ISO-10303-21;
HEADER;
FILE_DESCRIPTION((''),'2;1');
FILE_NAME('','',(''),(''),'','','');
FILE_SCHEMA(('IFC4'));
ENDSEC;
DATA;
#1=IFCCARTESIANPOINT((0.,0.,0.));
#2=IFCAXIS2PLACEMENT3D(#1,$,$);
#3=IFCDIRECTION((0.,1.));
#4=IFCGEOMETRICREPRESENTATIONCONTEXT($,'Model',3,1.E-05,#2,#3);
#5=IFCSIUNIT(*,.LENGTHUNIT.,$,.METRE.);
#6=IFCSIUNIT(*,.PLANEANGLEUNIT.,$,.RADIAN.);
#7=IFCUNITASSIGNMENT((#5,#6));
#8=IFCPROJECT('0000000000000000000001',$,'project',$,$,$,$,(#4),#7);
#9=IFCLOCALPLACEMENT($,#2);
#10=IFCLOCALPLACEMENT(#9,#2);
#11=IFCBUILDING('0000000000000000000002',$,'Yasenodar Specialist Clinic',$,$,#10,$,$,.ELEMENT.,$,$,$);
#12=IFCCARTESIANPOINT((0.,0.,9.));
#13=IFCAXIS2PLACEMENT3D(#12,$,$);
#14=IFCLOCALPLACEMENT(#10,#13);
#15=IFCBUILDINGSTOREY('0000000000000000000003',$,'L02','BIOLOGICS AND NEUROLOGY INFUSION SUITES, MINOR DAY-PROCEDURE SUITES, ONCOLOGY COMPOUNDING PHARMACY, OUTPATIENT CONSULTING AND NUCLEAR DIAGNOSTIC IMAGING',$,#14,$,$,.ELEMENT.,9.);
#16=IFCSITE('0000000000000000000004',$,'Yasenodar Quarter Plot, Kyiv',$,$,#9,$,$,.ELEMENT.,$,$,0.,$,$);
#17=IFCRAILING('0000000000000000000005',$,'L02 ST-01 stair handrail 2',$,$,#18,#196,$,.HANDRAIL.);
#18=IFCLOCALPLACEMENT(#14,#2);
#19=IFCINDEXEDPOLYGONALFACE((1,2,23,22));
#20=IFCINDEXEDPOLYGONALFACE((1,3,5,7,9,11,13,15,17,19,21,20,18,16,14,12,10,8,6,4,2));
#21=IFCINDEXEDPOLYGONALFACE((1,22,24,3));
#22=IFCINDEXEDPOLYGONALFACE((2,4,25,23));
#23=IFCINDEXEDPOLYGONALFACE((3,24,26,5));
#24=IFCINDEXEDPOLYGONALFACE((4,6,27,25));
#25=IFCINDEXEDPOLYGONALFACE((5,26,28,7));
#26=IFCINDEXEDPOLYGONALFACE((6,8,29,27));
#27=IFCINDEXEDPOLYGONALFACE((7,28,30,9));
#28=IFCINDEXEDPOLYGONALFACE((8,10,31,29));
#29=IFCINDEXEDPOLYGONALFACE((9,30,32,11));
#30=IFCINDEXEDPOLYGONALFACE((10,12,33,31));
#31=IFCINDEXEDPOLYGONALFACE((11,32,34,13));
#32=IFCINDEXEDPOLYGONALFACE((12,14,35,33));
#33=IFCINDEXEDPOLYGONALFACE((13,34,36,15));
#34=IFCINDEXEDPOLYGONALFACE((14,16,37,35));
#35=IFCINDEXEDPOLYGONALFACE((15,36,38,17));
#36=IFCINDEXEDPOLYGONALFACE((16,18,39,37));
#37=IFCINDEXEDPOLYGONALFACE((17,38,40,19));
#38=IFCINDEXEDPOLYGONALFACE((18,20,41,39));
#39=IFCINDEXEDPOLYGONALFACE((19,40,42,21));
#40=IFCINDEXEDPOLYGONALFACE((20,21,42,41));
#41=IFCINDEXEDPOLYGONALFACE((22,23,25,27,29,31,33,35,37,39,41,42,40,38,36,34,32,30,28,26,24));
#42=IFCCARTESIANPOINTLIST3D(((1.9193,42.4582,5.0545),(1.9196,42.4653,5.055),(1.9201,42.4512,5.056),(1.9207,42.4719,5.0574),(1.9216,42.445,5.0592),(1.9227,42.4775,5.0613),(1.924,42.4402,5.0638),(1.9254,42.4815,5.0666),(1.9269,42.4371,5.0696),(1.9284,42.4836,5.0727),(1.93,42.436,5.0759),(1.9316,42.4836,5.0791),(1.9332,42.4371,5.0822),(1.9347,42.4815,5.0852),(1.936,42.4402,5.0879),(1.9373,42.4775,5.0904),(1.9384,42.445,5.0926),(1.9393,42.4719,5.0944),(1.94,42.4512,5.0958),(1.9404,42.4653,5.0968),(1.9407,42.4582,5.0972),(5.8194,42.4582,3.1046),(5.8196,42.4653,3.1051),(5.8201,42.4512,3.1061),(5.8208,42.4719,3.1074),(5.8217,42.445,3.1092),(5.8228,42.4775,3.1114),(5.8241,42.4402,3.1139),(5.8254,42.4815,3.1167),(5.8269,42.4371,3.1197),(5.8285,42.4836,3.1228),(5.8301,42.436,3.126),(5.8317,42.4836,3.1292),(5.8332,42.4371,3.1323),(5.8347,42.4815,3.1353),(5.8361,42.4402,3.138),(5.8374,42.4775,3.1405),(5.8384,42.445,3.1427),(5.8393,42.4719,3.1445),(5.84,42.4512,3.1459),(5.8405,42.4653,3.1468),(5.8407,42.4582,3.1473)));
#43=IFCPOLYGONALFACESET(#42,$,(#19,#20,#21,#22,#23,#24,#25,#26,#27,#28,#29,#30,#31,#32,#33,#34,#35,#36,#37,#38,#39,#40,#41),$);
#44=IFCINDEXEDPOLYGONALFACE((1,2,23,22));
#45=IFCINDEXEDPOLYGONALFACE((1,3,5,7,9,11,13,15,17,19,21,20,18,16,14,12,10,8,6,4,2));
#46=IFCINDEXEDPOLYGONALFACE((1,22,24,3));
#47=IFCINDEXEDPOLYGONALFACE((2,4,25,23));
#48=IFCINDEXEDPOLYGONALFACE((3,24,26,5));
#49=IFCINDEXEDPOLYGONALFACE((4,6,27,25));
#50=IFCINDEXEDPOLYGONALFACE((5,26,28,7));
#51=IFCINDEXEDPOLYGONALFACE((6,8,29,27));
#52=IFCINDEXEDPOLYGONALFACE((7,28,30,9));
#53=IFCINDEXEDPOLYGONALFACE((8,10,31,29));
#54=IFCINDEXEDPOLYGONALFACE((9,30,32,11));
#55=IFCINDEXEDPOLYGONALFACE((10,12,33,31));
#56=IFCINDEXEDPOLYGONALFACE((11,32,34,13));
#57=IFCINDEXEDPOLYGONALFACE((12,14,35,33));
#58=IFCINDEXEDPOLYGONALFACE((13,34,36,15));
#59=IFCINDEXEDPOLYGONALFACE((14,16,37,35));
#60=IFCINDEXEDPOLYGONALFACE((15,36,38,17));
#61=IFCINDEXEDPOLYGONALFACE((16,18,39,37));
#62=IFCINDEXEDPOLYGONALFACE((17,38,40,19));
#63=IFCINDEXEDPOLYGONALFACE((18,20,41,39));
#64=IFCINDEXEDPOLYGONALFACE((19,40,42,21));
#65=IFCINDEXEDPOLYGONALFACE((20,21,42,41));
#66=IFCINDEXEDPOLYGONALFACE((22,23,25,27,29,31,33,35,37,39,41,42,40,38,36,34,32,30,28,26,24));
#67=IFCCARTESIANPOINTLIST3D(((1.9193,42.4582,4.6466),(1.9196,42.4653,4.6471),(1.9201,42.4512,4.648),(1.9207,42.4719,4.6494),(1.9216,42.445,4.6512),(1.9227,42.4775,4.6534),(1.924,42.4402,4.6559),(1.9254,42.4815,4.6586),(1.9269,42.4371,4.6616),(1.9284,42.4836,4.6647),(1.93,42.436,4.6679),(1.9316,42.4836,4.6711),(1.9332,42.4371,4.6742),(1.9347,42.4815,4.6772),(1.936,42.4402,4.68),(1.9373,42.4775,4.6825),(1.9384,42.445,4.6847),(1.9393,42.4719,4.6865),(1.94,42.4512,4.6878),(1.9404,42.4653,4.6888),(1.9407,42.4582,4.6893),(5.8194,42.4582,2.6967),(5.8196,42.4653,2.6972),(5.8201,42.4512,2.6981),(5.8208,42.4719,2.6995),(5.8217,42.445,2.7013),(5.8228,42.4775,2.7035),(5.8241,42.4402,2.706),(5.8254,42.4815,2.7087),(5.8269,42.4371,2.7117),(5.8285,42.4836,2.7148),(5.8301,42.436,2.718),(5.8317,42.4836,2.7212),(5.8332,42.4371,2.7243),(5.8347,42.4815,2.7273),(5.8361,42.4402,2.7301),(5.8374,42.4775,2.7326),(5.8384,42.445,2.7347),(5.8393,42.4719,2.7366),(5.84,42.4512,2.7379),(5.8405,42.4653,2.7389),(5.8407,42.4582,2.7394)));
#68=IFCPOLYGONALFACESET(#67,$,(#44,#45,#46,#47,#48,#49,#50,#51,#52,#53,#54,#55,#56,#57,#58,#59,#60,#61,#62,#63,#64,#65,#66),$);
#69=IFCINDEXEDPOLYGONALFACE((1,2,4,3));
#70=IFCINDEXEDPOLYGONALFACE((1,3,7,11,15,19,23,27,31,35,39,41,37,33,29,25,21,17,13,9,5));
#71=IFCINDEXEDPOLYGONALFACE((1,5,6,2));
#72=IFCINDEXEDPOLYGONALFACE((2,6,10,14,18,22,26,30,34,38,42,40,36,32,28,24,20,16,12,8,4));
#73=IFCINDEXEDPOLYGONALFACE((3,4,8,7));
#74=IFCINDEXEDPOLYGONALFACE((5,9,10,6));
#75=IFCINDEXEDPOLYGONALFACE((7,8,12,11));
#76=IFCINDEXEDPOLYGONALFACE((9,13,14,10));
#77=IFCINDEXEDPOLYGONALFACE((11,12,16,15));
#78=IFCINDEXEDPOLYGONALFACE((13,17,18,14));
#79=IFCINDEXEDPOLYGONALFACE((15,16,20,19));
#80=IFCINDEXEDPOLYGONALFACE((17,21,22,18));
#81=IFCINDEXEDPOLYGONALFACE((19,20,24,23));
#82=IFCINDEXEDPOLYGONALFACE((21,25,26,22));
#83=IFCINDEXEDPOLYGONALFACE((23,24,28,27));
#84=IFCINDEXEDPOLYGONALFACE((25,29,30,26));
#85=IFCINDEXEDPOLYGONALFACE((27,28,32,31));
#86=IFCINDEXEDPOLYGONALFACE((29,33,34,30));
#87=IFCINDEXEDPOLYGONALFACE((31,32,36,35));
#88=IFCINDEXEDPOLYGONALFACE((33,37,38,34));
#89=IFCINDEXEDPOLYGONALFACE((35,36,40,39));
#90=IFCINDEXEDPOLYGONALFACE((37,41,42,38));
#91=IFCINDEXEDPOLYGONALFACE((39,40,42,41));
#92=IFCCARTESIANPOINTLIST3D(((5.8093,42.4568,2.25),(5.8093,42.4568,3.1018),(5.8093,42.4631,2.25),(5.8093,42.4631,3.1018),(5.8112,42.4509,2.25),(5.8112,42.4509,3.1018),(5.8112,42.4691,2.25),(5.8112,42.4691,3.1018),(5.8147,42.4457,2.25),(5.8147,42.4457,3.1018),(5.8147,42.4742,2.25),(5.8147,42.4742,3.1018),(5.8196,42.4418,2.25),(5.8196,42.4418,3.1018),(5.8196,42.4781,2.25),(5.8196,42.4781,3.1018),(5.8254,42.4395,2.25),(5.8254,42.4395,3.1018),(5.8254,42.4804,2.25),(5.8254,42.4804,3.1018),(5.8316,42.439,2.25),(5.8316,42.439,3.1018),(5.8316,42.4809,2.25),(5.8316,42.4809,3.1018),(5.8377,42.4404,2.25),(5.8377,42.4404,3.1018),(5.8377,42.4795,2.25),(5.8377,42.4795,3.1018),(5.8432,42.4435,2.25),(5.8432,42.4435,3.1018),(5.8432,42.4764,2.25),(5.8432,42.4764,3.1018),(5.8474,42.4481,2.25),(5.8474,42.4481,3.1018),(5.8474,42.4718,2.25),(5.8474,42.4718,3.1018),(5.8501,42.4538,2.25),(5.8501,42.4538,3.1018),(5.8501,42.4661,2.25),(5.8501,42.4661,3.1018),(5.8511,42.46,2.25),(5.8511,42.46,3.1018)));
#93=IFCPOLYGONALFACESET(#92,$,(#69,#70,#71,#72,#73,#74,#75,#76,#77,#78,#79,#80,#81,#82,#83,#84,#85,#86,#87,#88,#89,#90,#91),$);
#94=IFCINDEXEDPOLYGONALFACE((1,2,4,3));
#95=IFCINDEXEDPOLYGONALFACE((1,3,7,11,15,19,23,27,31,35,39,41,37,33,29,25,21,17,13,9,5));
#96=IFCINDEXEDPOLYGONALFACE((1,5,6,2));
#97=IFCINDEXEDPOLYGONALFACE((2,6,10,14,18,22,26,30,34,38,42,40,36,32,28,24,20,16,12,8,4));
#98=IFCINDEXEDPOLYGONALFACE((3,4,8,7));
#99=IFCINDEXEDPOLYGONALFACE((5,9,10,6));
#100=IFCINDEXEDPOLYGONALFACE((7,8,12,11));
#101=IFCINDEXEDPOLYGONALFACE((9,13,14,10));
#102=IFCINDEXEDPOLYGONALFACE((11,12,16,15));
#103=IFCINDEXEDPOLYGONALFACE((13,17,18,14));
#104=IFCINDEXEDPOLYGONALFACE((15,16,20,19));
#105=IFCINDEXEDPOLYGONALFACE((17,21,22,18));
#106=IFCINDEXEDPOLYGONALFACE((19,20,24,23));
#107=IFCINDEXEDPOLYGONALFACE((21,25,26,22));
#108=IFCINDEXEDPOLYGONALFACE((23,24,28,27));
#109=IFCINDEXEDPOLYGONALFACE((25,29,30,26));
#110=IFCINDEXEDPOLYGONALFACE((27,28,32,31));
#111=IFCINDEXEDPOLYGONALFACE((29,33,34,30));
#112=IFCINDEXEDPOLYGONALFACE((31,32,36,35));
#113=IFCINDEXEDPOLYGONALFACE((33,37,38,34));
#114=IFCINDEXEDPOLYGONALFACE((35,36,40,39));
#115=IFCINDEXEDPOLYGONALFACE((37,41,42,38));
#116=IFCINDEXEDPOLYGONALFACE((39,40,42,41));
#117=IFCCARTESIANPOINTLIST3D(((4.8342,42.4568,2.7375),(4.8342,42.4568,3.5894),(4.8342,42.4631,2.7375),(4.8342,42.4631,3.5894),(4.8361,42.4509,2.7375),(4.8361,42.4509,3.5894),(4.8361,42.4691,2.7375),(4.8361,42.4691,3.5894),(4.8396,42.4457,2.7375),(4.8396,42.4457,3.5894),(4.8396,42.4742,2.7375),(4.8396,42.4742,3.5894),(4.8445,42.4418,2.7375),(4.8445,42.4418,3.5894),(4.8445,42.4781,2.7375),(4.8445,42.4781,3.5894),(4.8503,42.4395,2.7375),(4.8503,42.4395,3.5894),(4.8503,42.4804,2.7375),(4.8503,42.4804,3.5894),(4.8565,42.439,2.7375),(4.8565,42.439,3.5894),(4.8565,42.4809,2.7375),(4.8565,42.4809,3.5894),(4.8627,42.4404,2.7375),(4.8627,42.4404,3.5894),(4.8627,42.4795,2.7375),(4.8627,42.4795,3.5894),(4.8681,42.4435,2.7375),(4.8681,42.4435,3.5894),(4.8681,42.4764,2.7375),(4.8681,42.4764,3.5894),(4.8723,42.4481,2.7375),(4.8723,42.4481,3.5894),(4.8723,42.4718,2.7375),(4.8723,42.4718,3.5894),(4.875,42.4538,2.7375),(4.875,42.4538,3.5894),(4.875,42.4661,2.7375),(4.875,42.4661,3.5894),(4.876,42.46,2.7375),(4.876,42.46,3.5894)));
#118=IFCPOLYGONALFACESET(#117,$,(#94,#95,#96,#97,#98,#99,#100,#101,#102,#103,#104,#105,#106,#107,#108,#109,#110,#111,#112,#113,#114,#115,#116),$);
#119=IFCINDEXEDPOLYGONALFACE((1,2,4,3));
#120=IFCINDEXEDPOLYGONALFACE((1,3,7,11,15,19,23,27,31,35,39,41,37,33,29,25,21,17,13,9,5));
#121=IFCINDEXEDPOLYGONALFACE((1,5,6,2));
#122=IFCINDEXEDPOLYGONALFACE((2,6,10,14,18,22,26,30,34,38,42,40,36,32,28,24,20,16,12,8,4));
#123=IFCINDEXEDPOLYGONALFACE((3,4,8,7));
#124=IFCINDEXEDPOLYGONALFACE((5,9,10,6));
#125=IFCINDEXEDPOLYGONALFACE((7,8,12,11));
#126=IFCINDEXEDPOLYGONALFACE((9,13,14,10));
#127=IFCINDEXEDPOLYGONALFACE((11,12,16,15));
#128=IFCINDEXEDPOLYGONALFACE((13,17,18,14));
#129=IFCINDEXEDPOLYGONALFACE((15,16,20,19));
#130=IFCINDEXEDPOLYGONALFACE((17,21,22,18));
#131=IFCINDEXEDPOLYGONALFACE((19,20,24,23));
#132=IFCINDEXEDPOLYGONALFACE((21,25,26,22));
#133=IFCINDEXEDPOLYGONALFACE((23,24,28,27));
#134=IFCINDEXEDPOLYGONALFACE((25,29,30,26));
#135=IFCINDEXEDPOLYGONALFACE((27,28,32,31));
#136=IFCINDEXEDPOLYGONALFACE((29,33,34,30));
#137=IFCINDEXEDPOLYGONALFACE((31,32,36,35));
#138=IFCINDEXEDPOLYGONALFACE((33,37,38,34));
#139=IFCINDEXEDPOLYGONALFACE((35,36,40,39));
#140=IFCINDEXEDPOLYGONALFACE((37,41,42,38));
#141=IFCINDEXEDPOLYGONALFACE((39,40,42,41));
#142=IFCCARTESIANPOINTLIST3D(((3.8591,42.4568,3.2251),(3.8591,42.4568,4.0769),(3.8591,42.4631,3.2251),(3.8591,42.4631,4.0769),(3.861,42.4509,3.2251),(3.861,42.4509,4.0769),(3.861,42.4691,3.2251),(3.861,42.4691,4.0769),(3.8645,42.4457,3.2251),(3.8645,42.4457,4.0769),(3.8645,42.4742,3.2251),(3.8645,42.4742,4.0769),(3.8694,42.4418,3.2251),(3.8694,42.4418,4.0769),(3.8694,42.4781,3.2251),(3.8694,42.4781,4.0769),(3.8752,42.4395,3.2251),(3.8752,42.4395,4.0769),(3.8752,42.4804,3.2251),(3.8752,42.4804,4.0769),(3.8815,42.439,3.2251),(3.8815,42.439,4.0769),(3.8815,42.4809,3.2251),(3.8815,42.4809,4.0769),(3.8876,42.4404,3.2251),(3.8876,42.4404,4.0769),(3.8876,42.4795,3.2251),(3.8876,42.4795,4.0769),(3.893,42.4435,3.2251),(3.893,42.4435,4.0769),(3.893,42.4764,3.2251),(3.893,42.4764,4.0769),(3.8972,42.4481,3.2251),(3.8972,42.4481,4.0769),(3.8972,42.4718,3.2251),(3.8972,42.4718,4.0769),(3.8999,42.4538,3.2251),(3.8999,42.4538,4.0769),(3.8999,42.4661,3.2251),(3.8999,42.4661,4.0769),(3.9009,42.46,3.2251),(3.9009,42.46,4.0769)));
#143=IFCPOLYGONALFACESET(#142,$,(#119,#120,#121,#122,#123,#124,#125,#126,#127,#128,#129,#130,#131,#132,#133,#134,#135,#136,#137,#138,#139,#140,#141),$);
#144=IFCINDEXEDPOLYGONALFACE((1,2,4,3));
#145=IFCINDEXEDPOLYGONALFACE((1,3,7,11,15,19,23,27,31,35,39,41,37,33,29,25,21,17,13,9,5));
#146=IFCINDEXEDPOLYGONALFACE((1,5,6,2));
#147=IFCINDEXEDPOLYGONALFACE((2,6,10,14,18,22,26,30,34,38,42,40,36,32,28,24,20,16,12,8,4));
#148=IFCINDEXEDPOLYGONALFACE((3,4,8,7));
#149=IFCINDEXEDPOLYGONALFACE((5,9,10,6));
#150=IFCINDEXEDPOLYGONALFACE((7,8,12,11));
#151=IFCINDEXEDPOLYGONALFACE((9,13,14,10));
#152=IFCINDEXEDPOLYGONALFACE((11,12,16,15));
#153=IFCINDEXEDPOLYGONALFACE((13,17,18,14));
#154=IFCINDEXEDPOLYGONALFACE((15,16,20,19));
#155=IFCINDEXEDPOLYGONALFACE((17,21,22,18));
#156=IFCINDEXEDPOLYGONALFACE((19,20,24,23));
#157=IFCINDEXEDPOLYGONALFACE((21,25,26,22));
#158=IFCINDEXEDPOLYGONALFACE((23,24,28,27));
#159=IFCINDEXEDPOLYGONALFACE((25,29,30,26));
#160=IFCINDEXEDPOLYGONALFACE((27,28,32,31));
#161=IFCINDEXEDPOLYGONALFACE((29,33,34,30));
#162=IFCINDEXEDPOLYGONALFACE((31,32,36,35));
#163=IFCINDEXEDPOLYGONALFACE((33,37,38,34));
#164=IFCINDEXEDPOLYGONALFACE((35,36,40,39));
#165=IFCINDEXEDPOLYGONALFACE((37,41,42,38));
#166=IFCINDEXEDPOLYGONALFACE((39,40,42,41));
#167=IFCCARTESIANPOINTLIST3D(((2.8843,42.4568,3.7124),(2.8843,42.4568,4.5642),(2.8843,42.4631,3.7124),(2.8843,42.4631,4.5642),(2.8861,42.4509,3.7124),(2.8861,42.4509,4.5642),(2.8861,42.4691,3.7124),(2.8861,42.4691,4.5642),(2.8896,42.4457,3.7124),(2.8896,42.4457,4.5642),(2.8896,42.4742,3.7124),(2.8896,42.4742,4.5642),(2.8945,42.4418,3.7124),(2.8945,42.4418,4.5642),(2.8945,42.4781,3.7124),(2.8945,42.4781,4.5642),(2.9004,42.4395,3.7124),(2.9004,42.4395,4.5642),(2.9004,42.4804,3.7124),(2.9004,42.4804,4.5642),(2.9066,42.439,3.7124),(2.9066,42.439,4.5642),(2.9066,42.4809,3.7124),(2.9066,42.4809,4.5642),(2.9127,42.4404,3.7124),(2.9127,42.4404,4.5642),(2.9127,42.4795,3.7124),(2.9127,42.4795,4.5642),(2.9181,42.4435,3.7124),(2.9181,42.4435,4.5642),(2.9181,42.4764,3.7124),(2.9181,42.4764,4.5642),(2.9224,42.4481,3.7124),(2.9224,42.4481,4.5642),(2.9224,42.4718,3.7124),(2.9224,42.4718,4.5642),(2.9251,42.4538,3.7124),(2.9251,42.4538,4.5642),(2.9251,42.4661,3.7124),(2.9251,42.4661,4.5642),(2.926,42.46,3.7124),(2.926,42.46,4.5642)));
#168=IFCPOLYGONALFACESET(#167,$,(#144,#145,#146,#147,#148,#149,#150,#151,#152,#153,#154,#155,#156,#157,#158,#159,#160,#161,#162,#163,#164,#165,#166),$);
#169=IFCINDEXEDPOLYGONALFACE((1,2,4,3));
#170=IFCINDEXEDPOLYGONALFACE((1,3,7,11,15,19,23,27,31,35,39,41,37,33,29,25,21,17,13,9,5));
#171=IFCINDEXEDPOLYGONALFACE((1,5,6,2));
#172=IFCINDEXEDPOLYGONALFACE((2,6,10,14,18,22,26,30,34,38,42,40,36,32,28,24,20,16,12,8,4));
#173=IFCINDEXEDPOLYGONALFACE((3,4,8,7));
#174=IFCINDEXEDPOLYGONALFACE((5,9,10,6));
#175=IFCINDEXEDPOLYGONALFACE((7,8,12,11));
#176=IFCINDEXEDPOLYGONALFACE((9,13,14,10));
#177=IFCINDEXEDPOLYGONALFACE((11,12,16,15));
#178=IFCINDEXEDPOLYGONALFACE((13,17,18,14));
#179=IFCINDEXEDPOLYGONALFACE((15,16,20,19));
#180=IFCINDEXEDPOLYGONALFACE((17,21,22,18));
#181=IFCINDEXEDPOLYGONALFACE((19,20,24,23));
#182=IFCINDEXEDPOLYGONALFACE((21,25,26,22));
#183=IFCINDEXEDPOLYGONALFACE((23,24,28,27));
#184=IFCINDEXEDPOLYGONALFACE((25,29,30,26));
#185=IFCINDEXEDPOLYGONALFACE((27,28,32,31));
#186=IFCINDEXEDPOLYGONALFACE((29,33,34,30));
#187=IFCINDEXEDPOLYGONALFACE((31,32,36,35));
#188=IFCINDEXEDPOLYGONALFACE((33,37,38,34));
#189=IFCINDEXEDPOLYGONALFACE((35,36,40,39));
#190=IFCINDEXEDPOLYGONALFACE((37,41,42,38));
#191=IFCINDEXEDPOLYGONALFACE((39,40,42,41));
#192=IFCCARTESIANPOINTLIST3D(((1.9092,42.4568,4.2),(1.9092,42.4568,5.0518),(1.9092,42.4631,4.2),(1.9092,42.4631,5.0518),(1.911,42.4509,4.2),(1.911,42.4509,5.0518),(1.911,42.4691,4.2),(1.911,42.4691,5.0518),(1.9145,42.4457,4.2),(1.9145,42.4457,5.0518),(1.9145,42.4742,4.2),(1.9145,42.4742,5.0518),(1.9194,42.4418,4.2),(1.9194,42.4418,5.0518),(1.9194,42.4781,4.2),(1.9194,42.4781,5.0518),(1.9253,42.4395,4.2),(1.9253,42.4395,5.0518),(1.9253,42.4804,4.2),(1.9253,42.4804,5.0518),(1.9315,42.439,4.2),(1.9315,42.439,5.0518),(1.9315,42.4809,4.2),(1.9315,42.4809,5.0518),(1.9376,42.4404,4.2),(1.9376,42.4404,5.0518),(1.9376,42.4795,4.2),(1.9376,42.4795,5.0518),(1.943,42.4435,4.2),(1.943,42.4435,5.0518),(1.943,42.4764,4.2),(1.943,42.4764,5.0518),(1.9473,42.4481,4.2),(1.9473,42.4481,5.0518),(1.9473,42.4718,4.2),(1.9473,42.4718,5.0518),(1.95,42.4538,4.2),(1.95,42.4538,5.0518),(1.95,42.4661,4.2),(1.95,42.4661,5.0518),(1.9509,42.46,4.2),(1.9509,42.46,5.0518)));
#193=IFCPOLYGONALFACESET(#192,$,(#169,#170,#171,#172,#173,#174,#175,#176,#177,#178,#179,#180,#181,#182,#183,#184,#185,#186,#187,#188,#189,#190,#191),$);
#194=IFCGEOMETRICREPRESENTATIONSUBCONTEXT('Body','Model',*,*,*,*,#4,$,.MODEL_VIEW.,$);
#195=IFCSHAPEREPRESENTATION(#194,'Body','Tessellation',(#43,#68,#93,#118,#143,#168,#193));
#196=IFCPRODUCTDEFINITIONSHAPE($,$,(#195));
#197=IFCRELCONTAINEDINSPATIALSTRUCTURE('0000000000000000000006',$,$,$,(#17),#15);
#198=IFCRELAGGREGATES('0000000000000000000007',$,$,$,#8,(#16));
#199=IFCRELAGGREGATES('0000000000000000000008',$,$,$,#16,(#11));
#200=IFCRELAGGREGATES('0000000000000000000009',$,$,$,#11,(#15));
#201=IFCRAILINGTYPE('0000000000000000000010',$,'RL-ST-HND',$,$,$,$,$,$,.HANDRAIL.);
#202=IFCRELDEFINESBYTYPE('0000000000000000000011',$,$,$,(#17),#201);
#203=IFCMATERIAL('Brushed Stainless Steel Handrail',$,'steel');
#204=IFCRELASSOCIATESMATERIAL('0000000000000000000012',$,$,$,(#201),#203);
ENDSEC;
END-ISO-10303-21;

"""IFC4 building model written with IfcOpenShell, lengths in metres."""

from ifc_helpers import new_model, si_unit, direction, frame, origin, origin_2d, place, context, subcontext, project, spatial, circle, extrude, material, type_object, element, save


model = new_model("IFC4")

# Units and contexts
model_context = context("Model", 3, precision=1e-05, world=origin(), true_north=direction((0.0, 1.0)))
body_context = subcontext(model_context, "Body", "Model", "MODEL_VIEW")
ifc_project = project(units=[si_unit("LENGTHUNIT", "METRE"), si_unit("PLANEANGLEUNIT", "RADIAN")], contexts=[model_context])

# Site, building, storey
site_placement = place(None, origin())
site = spatial("IfcSite", under=ifc_project, at=site_placement, Name="Yasenodar Quarter Plot, Kyiv", CompositionType="ELEMENT", RefElevation=0.0)
building_placement = place(site_placement, origin())
building = spatial("IfcBuilding", under=site, at=building_placement, Name="Yasenodar Specialist Clinic", CompositionType="ELEMENT")
storey_placement = place(building_placement, frame((0.0, 0.0, 9.0)))
storey = spatial("IfcBuildingStorey", under=building, at=storey_placement, Name="L02", Description="BIOLOGICS AND NEUROLOGY INFUSION SUITES, MINOR DAY-PROCEDURE SUITES, ONCOLOGY COMPOUNDING PHARMACY, OUTPATIENT CONSULTING AND NUCLEAR DIAGNOSTIC IMAGING", CompositionType="ELEMENT", Elevation=9.0)

# Railing
ifc_material_1 = material(Name="Brushed Stainless Steel Handrail", Category="steel")
railing_type_1 = type_object("IfcRailingType", Name="RL-ST-HND", PredefinedType="HANDRAIL", material=ifc_material_1)
railing_1_placement = place(storey_placement, frame((5.8301, 42.46, 2.25)))
element("IfcRailing", 1, at=railing_1_placement, inside=storey, type_object=railing_type_1, Name="L02 ST-01 stair handrail 2", PredefinedType="HANDRAIL", context=body_context, shape_type="SweptSolid", body=[
    extrude(circle(Radius=0.0239, at=origin_2d()), frame((0.0, 0.0, 0.876), z_axis=(-0.894438, 0.0, 0.447191), x_axis=(0.0, -1.0, 0.0)), (0.0, 0.0, 1.0), 4.3604),
    extrude(circle(Radius=0.0239, at=origin_2d()), frame((0.0, 0.0, 0.468), z_axis=(-0.894438, 0.0, 0.447191), x_axis=(0.0, -1.0, 0.0)), (0.0, 0.0, 1.0), 4.3604),
    extrude(circle(Radius=0.021, at=origin_2d()), origin(), (0.0, 0.0, 1.0), 0.8518),
    extrude(circle(Radius=0.021, at=origin_2d()), frame((-0.9751, 0.0, 0.4875)), (0.0, 0.0, 1.0), 0.8518),
    extrude(circle(Radius=0.021, at=origin_2d()), frame((-1.9502, 0.0, 0.9751)), (0.0, 0.0, 1.0), 0.8518),
    extrude(circle(Radius=0.021, at=origin_2d()), frame((-2.925, 0.0, 1.4624)), (0.0, 0.0, 1.0), 0.8518),
    extrude(circle(Radius=0.021, at=origin_2d()), frame((-3.9001, 0.0, 1.95)), (0.0, 0.0, 1.0), 0.8518),
])

save(model, "model.ifc")
